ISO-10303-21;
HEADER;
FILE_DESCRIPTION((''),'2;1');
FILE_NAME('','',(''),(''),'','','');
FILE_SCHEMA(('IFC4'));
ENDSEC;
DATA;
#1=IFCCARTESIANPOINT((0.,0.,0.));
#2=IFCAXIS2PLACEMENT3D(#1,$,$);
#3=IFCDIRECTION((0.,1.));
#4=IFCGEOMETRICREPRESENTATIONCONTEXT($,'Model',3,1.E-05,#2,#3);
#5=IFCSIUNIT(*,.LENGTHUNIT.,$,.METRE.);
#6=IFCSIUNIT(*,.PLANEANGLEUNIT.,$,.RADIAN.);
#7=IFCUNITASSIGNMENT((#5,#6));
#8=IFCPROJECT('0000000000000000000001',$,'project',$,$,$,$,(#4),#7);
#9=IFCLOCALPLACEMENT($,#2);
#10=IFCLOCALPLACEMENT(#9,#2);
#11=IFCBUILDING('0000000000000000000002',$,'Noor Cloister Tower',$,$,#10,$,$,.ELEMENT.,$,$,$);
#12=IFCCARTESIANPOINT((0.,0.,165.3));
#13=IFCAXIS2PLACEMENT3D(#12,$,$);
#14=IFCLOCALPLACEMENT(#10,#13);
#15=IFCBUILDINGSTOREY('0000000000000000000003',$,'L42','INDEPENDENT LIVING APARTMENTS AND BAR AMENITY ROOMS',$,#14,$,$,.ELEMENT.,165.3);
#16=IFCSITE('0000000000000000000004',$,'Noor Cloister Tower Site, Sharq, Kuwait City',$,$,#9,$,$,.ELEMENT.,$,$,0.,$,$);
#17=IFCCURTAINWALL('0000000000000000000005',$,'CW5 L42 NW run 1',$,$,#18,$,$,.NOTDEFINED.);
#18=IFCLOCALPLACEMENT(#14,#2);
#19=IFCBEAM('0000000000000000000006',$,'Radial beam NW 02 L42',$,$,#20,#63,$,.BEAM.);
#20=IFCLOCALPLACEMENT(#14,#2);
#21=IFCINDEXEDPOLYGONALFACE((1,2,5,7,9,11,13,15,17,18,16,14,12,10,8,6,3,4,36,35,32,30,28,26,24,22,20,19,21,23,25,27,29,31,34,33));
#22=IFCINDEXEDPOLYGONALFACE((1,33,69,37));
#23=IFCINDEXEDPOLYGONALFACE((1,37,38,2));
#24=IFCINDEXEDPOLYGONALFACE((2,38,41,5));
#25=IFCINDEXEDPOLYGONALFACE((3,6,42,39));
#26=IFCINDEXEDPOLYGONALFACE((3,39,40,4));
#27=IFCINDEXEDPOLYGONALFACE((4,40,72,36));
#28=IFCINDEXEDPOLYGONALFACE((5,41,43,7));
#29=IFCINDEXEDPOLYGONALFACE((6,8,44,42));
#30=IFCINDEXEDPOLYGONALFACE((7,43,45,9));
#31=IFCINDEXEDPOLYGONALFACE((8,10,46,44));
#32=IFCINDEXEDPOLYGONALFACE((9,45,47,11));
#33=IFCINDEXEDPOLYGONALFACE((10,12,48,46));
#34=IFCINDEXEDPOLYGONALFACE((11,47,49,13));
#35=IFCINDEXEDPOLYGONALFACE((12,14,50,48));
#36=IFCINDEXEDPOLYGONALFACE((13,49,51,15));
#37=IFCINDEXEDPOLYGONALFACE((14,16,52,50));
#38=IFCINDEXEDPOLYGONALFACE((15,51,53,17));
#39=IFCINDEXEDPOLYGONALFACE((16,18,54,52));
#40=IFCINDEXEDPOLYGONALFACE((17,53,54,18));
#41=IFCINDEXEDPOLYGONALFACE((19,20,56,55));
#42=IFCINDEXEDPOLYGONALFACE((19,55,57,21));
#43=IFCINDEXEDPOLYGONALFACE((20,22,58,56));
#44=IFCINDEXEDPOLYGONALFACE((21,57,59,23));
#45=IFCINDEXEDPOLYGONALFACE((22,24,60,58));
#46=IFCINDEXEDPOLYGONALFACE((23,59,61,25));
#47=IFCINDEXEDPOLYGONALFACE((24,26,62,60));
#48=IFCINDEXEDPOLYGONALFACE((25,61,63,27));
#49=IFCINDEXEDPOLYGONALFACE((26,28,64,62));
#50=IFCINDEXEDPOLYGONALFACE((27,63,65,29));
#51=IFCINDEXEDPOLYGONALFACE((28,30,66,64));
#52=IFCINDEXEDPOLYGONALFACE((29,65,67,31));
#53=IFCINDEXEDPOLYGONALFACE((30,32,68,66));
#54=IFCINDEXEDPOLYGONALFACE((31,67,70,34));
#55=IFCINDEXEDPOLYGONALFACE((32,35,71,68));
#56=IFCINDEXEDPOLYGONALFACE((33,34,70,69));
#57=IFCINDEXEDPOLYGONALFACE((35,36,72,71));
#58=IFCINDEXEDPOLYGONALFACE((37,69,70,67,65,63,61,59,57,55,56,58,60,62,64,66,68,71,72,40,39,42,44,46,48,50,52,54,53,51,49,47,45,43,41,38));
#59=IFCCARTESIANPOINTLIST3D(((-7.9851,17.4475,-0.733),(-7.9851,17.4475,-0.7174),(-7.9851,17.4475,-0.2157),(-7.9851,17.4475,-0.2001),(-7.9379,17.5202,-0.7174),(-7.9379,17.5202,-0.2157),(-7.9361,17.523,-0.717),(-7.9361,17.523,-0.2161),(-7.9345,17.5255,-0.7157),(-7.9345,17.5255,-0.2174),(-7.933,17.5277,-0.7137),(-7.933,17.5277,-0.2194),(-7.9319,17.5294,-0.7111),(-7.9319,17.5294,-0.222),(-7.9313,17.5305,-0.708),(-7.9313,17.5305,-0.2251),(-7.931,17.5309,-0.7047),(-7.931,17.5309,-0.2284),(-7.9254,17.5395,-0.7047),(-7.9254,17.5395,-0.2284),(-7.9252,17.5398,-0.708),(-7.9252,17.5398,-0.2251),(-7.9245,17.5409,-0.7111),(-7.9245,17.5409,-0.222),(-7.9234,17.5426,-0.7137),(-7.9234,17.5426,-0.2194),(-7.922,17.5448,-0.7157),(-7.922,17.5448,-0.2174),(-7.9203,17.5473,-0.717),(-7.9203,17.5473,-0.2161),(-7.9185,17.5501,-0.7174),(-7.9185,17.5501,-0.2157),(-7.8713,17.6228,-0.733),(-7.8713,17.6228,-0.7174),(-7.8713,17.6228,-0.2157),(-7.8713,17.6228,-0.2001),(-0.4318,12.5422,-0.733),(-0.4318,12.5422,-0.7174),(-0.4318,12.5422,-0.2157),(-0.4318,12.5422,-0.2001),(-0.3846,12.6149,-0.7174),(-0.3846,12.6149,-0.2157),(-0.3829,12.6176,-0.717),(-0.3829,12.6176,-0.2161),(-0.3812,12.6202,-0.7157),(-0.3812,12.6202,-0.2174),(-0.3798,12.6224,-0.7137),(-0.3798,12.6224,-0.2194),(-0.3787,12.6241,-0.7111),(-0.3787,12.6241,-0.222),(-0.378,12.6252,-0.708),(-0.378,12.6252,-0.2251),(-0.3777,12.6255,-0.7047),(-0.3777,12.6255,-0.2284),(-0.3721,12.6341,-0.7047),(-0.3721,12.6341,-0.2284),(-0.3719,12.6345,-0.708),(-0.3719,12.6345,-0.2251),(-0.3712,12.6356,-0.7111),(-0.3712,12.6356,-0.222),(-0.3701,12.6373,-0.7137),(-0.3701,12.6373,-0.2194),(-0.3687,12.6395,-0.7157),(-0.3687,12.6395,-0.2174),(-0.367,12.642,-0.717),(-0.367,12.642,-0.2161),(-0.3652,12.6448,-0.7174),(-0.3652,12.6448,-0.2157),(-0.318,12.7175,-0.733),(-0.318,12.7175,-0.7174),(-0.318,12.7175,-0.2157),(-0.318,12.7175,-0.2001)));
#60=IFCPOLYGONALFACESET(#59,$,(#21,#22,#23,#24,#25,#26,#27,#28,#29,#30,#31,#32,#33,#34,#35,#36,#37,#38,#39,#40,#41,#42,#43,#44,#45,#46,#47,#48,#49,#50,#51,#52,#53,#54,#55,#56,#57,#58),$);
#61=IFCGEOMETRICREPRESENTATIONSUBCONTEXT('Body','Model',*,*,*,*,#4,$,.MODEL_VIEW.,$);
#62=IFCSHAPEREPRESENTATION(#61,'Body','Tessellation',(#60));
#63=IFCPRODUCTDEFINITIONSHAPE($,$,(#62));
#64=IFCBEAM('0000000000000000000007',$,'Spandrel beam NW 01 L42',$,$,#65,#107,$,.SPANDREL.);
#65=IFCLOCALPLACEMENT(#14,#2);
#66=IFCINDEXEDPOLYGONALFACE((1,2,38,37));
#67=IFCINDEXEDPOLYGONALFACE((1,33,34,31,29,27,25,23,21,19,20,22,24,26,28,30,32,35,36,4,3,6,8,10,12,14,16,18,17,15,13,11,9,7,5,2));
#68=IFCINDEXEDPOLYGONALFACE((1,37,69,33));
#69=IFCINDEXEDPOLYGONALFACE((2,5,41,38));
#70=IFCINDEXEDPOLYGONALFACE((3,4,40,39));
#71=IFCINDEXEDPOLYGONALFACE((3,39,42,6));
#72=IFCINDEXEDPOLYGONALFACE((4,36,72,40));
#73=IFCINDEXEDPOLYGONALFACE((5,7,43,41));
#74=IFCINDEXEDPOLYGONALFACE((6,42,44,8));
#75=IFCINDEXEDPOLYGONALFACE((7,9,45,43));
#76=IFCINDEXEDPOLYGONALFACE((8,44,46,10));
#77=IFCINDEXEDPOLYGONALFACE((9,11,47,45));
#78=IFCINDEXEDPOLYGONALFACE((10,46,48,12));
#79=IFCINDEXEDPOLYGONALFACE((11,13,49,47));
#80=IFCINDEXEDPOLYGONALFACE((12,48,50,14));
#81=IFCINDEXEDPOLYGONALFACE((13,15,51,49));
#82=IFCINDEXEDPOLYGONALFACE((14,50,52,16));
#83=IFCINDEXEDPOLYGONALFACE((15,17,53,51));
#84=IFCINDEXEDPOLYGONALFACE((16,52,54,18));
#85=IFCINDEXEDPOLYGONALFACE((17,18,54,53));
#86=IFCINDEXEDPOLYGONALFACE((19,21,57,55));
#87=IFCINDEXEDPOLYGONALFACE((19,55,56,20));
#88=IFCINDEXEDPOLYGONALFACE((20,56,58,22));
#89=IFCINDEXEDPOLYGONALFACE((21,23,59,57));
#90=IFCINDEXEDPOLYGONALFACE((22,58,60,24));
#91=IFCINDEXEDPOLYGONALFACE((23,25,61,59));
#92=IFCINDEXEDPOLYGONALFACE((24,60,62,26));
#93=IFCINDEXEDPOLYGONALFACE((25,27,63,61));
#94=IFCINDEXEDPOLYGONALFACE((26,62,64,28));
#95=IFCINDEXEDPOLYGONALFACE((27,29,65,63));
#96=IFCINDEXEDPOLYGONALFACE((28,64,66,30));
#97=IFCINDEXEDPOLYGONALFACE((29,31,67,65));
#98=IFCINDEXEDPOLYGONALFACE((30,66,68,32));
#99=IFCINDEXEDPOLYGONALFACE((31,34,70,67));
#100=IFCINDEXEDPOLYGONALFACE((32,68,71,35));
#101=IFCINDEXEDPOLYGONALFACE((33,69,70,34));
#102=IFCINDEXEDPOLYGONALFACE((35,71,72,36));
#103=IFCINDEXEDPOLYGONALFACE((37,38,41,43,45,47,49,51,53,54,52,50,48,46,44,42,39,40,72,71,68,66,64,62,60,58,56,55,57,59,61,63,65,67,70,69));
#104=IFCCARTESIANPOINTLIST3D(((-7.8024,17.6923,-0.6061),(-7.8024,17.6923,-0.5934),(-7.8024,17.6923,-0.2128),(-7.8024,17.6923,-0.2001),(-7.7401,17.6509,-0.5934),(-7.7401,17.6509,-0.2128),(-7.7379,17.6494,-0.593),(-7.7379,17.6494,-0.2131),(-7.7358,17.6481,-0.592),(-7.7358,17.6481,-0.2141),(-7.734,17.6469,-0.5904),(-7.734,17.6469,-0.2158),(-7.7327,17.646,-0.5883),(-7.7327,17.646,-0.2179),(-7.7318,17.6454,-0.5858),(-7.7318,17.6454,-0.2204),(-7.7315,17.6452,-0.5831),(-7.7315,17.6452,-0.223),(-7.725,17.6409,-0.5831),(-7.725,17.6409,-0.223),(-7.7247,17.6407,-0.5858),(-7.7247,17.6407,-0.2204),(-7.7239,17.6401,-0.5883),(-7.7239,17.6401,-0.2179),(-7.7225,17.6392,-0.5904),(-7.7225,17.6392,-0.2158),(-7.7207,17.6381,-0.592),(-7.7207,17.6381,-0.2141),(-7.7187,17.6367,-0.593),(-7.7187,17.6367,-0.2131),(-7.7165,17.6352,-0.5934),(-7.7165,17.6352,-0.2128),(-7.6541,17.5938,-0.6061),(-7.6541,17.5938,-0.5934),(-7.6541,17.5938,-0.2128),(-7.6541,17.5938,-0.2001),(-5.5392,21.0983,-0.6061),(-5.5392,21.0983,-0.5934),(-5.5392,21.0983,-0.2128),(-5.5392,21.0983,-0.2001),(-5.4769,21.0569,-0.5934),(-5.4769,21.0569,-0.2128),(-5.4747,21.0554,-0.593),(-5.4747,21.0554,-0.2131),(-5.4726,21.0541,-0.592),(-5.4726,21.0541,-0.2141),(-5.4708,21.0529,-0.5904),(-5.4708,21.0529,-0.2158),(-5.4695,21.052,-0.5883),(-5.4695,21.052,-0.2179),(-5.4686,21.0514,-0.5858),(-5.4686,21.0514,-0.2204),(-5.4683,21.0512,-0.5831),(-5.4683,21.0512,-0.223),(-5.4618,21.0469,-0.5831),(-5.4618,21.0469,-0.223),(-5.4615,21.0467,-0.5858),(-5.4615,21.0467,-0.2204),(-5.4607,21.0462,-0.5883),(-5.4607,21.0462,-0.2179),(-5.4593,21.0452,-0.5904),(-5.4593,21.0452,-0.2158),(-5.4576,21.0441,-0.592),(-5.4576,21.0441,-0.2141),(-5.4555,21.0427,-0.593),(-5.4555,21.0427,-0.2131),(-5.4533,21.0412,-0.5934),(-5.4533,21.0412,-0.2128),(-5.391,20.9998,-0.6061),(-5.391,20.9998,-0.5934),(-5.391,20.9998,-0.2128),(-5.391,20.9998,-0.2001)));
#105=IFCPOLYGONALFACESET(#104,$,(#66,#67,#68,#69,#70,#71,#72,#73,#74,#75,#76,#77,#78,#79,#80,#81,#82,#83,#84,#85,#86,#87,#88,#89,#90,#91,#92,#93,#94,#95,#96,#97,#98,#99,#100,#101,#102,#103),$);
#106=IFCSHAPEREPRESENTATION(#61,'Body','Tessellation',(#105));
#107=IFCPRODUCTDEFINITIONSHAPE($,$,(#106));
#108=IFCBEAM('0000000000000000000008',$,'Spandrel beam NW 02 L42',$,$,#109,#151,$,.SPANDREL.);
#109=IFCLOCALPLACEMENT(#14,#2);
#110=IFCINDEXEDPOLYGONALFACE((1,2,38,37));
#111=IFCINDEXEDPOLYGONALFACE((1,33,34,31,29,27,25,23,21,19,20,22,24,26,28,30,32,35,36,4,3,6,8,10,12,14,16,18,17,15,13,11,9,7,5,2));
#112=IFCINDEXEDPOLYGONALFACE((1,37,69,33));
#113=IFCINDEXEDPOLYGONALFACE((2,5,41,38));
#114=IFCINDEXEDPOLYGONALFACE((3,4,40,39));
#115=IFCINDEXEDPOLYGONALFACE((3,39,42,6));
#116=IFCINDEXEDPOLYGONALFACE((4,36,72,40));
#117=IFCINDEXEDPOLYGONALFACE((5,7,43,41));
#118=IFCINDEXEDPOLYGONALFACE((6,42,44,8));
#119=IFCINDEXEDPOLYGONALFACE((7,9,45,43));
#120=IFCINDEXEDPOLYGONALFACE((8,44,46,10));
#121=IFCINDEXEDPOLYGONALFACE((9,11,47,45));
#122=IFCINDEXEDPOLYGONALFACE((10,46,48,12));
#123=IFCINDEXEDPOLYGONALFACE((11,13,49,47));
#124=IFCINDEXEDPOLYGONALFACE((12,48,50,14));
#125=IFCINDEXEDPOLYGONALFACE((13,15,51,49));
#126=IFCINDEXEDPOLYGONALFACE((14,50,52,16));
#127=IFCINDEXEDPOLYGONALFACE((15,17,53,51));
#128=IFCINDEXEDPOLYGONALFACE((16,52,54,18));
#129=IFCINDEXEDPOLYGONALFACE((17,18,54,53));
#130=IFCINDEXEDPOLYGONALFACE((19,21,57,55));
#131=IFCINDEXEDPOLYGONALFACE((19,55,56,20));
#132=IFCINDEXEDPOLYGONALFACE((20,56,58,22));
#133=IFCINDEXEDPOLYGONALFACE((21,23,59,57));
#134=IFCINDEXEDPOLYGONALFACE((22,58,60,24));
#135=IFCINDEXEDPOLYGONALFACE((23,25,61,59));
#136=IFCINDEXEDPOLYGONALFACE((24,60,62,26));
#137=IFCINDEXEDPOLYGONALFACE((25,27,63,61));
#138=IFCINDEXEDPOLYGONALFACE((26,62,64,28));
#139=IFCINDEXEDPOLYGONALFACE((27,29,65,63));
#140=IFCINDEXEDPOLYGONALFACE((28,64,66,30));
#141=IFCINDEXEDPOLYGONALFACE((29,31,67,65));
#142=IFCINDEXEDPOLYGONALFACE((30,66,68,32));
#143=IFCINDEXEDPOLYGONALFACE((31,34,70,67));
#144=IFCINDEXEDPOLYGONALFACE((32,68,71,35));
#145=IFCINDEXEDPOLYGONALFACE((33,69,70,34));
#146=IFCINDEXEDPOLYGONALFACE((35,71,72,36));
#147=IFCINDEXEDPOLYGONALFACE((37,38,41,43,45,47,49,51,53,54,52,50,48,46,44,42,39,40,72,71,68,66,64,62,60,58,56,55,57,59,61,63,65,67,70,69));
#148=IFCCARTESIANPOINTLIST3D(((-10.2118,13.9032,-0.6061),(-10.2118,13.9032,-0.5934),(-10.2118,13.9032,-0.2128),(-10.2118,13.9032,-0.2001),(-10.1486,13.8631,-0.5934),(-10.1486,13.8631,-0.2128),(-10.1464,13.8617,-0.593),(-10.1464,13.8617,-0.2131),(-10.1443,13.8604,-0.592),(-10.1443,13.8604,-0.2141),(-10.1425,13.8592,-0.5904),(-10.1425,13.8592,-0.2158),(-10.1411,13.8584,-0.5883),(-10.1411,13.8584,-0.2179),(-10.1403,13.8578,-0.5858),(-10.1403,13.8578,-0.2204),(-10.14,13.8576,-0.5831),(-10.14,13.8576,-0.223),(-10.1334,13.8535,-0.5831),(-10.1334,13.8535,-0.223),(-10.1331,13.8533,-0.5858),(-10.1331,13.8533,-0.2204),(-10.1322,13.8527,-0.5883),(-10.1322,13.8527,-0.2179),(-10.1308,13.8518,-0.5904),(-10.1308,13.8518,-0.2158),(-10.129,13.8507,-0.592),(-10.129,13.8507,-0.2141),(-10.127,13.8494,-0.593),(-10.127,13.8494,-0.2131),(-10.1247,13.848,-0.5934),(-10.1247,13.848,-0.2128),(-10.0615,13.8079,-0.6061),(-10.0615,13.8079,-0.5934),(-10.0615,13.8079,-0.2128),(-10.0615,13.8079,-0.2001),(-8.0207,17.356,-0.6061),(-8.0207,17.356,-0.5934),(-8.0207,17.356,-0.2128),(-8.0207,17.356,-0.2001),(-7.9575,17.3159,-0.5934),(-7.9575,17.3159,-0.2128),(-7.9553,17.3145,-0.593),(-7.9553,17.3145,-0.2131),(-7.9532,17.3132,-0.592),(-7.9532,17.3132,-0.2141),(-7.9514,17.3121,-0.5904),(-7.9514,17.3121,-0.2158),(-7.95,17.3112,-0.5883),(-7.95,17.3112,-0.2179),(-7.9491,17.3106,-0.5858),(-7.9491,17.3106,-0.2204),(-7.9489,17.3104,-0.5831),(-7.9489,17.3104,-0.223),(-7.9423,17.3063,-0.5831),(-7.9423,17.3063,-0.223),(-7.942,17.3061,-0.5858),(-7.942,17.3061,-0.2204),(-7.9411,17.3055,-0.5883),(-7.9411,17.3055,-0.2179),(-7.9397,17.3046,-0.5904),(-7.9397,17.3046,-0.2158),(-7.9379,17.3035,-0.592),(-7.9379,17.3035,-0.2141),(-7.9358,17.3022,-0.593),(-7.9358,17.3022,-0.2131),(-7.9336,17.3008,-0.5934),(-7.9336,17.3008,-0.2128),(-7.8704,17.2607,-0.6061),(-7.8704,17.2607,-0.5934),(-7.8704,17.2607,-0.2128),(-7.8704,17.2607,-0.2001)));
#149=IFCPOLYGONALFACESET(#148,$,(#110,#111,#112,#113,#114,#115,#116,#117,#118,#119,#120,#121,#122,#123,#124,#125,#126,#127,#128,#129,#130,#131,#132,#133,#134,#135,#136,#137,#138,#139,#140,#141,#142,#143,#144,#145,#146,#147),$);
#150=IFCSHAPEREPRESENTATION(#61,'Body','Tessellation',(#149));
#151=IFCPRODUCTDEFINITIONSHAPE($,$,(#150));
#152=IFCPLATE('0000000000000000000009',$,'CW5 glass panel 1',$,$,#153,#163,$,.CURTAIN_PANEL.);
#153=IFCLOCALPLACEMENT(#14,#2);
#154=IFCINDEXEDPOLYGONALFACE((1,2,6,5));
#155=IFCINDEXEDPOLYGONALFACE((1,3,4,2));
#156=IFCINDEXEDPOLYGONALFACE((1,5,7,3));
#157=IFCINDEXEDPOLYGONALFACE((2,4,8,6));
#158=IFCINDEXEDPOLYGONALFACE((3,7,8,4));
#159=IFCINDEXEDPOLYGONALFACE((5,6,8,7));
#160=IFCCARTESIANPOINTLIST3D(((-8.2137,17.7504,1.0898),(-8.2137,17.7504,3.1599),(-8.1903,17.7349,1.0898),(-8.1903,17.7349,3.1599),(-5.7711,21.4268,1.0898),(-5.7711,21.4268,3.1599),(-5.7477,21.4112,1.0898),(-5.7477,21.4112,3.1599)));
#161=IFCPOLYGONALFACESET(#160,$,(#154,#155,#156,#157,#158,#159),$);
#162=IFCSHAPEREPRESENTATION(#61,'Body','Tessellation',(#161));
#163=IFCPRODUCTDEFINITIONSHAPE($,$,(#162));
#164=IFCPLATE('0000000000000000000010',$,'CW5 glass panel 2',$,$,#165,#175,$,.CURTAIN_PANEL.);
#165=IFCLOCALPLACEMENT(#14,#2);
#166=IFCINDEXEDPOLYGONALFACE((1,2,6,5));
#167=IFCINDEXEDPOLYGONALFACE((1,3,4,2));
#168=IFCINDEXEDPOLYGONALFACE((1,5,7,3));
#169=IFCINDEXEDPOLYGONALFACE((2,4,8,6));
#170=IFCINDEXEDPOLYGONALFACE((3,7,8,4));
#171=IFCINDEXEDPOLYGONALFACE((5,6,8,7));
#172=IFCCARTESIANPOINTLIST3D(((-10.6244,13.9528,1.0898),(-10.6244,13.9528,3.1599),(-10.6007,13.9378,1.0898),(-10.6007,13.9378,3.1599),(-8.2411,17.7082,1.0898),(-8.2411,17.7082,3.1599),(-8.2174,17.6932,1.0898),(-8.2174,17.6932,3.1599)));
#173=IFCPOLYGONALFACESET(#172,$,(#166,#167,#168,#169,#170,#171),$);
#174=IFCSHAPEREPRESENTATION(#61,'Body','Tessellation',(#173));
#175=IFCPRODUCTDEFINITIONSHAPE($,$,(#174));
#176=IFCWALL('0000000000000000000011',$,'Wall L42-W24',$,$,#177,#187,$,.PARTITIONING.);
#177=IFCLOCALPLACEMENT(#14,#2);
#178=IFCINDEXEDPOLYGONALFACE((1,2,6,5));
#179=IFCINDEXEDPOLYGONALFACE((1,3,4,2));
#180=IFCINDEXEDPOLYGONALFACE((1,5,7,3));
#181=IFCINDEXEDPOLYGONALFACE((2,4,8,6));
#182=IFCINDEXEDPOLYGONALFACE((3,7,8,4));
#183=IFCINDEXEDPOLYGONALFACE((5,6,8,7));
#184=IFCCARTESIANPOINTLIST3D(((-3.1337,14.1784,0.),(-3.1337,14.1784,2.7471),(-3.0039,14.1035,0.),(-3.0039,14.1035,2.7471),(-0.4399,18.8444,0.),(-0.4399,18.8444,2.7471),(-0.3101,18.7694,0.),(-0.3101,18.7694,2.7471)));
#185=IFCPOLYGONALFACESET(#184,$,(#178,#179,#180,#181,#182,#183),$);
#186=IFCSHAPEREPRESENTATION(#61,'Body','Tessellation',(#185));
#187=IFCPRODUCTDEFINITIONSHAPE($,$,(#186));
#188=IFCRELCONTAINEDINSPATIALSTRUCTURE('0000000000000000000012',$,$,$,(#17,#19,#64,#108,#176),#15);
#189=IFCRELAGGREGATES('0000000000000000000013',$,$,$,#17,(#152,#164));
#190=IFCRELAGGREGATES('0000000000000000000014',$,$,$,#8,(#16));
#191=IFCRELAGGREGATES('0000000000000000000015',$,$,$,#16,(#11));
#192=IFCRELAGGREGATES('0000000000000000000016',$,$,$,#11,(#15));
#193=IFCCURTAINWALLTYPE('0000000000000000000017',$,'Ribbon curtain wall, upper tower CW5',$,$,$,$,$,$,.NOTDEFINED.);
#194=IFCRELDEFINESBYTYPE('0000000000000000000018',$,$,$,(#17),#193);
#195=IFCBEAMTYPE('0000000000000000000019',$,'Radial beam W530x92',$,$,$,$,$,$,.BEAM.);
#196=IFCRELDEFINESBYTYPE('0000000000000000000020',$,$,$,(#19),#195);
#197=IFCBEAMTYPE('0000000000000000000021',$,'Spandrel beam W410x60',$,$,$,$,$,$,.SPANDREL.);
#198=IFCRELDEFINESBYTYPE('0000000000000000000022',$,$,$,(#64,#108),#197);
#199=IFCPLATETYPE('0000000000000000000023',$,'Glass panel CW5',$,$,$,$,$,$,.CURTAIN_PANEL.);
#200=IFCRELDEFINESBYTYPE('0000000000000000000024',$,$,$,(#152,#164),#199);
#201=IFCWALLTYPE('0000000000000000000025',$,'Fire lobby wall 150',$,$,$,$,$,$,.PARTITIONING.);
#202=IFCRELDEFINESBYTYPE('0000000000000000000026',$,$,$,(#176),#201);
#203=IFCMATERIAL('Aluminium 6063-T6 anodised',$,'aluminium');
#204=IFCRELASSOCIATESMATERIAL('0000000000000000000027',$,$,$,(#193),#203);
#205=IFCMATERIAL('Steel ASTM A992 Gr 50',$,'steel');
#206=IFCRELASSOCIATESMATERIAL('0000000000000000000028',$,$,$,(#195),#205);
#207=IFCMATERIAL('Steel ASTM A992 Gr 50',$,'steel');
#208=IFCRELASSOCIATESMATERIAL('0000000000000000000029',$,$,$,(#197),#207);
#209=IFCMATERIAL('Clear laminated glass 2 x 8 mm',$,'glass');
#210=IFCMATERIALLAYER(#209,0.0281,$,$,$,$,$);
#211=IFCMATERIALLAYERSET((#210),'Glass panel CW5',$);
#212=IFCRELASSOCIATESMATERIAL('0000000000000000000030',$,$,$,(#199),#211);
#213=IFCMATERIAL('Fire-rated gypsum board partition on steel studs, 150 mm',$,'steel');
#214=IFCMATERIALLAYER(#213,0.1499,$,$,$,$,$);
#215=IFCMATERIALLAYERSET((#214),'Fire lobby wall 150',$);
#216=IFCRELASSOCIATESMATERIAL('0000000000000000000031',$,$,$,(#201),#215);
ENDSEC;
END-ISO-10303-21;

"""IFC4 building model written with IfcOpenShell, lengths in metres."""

from ifc_helpers import new_model, si_unit, direction, frame, frame_2d, origin, origin_2d, place, context, subcontext, project, spatial, rectangle, i_section, extrude, material, layer, layer_set, material_profile, profile_set, type_object, element, aggregate, save


model = new_model("IFC4")

# Units and contexts
model_context = context("Model", 3, precision=1e-05, world=origin(), true_north=direction((0.0, 1.0)))
body_context = subcontext(model_context, "Body", "Model", "MODEL_VIEW")
ifc_project = project(units=[si_unit("LENGTHUNIT", "METRE"), si_unit("PLANEANGLEUNIT", "RADIAN")], contexts=[model_context])

# Site, building, storey
site_placement = place(None, origin())
site = spatial("IfcSite", under=ifc_project, at=site_placement, Name="Noor Cloister Tower Site, Sharq, Kuwait City", CompositionType="ELEMENT", RefElevation=0.0)
building_placement = place(site_placement, origin())
building = spatial("IfcBuilding", under=site, at=building_placement, Name="Noor Cloister Tower", CompositionType="ELEMENT")
storey_placement = place(building_placement, frame((0.0, 0.0, 165.3)))
storey = spatial("IfcBuildingStorey", under=building, at=storey_placement, Name="L42", Description="INDEPENDENT LIVING APARTMENTS AND BAR AMENITY ROOMS", CompositionType="ELEMENT", Elevation=165.3)

# Curtain wall
ifc_material_1 = material(Name="Aluminium 6063-T6 anodised", Category="aluminium")
curtain_wall_type = type_object("IfcCurtainWallType", Name="Ribbon curtain wall, upper tower CW5", PredefinedType="NOTDEFINED", material=ifc_material_1)
curtain_wall_placement = place(storey_placement, origin())
curtain_wall = element("IfcCurtainWall", 1, at=curtain_wall_placement, inside=storey, type_object=curtain_wall_type, Name="CW5 L42 NW run 1", PredefinedType="NOTDEFINED")

# Beams
ifc_material_2 = material(Name="Steel ASTM A992 Gr 50", Category="steel")
ifc_material_profile_1 = material_profile(ifc_material_2, i_section(OverallWidth=0.209, OverallDepth=0.533, WebThickness=0.0103, FlangeThickness=0.0156, FilletRadius=0.0127, at=origin_2d()), Name="W530x92")
ifc_profile_set_1 = profile_set([ifc_material_profile_1], Name="Steel ASTM A992 Gr 50")
beam_type_1 = type_object("IfcBeamType", Name="Radial beam W530x92", PredefinedType="BEAM", material=ifc_profile_set_1)
beam_1_placement = place(storey_placement, frame((-7.9282, 17.5352, -0.4666), z_axis=(0.838663, -0.544651, 0.0), x_axis=(0.544651, 0.838663, 0.0)))
element("IfcBeam", 2, at=beam_1_placement, inside=storey, type_object=beam_type_1, Name="Radial beam NW 02 L42", PredefinedType="BEAM", context=body_context, shape_type="SweptSolid", body=[
    extrude(i_section(OverallWidth=0.209, OverallDepth=0.533, WebThickness=0.0103, FlangeThickness=0.0156, FilletRadius=0.0127, at=origin_2d()), origin(), (0.0, 0.0, 1.0), 9.0063),
])
ifc_material_3 = material(Name="Steel ASTM A992 Gr 50", Category="steel")
ifc_material_profile_2 = material_profile(ifc_material_3, i_section(OverallWidth=0.178, OverallDepth=0.406, WebThickness=0.0078, FlangeThickness=0.0127, FilletRadius=0.0103, at=origin_2d()), Name="W410x60")
ifc_profile_set_2 = profile_set([ifc_material_profile_2], Name="Steel ASTM A992 Gr 50")
beam_type_2 = type_object("IfcBeamType", Name="Spandrel beam W410x60", PredefinedType="SPANDREL", material=ifc_profile_set_2)
for number, where, z_axis, x_axis, name in (
    (3, (-5.4651, 21.0491, -0.4031), (-0.553432, -0.832894, 0.0), (0.832894, -0.553432, 0.0), "Spandrel beam NW 01 L42"),
    (4, (-7.9456, 17.3083, -0.4031), (-0.535809, -0.844339, 0.0), (0.844339, -0.535809, 0.0), "Spandrel beam NW 02 L42"),
):
    element("IfcBeam", number, at=place(storey_placement, frame(where, z_axis=z_axis, x_axis=x_axis)), inside=storey, type_object=beam_type_2, Name=name, PredefinedType="SPANDREL", context=body_context, shape_type="SweptSolid", body=[
        extrude(i_section(OverallWidth=0.178, OverallDepth=0.406, WebThickness=0.0078, FlangeThickness=0.0127, FilletRadius=0.0103, at=origin_2d()), origin(), (0.0, 0.0, 1.0), 4.0894),
    ])

# Plates
ifc_material_4 = material(Name="Clear laminated glass 2 x 8 mm", Category="glass")
ifc_layer_1 = layer(ifc_material_4, 0.0281)
ifc_layer_set_1 = layer_set([ifc_layer_1], Name="Glass panel CW5")
plate_type = type_object("IfcPlateType", Name="Glass panel CW5", PredefinedType="CURTAIN_PANEL", material=ifc_layer_set_1)
plate_1_placement = place(storey_placement, frame((-6.9807, 19.5808, 1.0898), z_axis=(0.0, 0.0, 1.0), x_axis=(-0.553398, -0.832917, 0.0)))
plate_1 = element("IfcPlate", 5, at=plate_1_placement, type_object=plate_type, Name="CW5 glass panel 1", PredefinedType="CURTAIN_PANEL", context=body_context, shape_type="SweptSolid", body=[
    extrude(rectangle(XDim=4.4138, YDim=0.0281, at=origin_2d()), origin(), (0.0, 0.0, 1.0), 2.0701),
])
plate_2_placement = place(storey_placement, frame((-9.4209, 15.823, 1.0898), z_axis=(0.0, 0.0, 1.0), x_axis=(-0.535831, -0.844325, 0.0)))
plate_2 = element("IfcPlate", 6, at=plate_2_placement, type_object=plate_type, Name="CW5 glass panel 2", PredefinedType="CURTAIN_PANEL", context=body_context, shape_type="SweptSolid", body=[
    extrude(rectangle(XDim=4.4478, YDim=0.0281, at=origin_2d()), origin(), (0.0, 0.0, 1.0), 2.0701),
])
aggregate(curtain_wall, [plate_1, plate_2])

# Wall
ifc_material_5 = material(Name="Fire-rated gypsum board partition on steel studs, 150 mm", Category="steel")
ifc_layer_2 = layer(ifc_material_5, 0.1499)
ifc_layer_set_2 = layer_set([ifc_layer_2], Name="Fire lobby wall 150")
wall_type_1 = type_object("IfcWallType", Name="Fire lobby wall 150", PredefinedType="PARTITIONING", material=ifc_layer_set_2)
wall_1_placement = place(storey_placement, frame((-0.375, 18.8069, 0.0), z_axis=(0.0, 0.0, 1.0), x_axis=(-0.499989, -0.866032, 0.0)))
element("IfcWall", 7, at=wall_1_placement, inside=storey, type_object=wall_type_1, Name="Wall L42-W24", PredefinedType="PARTITIONING", context=body_context, shape_type="SweptSolid", body=[
    extrude(rectangle(XDim=5.3877, YDim=0.1499, at=frame_2d((2.6938, 0.0))), origin(), (0.0, 0.0, 1.0), 2.7471),
])

save(model, "model.ifc")
